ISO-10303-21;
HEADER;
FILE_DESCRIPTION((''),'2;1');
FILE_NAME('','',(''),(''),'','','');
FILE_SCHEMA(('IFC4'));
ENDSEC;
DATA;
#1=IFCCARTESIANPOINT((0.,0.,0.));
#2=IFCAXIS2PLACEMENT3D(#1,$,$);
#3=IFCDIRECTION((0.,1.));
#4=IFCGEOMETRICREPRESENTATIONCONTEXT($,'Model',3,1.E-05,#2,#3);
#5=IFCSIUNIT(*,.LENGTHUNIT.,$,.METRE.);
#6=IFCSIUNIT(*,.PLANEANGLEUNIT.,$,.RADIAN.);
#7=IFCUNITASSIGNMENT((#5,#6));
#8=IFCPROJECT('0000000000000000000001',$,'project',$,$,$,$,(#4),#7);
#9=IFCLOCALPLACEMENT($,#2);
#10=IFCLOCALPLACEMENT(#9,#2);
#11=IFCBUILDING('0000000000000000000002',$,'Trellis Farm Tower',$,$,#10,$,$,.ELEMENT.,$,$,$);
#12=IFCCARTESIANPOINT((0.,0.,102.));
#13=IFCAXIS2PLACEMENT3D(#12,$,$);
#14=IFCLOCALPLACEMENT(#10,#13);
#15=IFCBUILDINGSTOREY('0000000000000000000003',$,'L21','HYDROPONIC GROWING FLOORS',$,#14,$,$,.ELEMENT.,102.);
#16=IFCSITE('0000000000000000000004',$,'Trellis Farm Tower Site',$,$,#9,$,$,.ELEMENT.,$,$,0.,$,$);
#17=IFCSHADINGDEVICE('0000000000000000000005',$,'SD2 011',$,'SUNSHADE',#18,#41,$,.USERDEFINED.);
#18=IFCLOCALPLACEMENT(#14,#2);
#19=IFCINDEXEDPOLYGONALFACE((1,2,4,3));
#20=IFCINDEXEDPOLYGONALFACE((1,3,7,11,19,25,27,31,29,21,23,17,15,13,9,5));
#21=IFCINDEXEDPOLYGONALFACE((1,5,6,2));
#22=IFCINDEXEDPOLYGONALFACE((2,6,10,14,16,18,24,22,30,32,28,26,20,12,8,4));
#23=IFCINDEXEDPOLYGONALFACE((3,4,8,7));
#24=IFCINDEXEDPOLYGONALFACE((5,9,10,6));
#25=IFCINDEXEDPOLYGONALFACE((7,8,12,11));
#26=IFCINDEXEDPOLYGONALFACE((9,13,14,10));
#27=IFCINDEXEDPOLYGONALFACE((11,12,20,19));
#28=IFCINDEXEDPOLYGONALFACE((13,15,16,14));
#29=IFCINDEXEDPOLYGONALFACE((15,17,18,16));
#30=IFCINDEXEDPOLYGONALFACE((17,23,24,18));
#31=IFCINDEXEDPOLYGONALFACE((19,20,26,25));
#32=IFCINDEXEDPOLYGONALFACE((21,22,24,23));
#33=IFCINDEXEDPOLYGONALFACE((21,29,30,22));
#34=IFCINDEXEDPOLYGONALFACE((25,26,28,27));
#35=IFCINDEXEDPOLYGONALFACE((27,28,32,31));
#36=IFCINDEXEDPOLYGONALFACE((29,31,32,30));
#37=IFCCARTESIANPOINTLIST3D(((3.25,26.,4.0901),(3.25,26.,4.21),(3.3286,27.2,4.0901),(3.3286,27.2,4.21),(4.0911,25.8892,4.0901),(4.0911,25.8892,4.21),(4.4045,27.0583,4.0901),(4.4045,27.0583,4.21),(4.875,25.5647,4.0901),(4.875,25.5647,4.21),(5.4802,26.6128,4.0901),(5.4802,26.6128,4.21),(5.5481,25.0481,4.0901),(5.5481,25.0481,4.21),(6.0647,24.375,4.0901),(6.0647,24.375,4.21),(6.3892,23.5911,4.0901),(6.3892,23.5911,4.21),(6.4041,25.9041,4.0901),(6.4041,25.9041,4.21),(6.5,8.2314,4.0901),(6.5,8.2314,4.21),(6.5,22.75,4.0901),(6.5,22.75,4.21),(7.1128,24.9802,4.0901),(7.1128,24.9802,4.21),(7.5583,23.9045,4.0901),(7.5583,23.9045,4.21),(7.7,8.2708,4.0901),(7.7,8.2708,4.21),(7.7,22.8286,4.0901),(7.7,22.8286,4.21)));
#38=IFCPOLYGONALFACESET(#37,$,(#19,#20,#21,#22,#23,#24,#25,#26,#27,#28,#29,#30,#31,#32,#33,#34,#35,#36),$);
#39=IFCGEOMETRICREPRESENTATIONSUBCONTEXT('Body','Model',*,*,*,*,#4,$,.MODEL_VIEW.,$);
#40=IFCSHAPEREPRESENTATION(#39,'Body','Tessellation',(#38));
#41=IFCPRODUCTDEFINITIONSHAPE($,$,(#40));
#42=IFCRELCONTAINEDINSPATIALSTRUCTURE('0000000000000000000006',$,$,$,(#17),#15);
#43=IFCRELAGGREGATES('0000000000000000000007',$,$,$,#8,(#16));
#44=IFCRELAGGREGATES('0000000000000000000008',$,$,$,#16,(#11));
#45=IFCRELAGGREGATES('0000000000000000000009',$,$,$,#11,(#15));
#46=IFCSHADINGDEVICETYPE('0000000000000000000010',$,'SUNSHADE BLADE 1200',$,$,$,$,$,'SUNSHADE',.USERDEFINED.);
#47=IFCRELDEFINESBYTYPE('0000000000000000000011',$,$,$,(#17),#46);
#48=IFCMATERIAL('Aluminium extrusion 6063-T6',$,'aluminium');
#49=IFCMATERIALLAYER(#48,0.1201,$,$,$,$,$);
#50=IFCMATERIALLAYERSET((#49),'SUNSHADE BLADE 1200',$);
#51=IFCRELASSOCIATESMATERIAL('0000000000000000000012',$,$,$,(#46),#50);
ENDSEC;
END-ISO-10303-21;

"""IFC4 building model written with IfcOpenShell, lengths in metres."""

from ifc_helpers import new_model, si_unit, direction, frame, origin, place, context, subcontext, project, spatial, polyline, outline, extrude, source, transform, mapped, material, layer, layer_set, type_object, element, save


model = new_model("IFC4")

# Units and contexts
model_context = context("Model", 3, precision=1e-05, world=origin(), true_north=direction((0.0, 1.0)))
body_context = subcontext(model_context, "Body", "Model", "MODEL_VIEW")
ifc_project = project(units=[si_unit("LENGTHUNIT", "METRE"), si_unit("PLANEANGLEUNIT", "RADIAN")], contexts=[model_context])

# Site, building, storey
site_placement = place(None, origin())
site = spatial("IfcSite", under=ifc_project, at=site_placement, Name="Trellis Farm Tower Site", CompositionType="ELEMENT", RefElevation=0.0)
building_placement = place(site_placement, origin())
building = spatial("IfcBuilding", under=site, at=building_placement, Name="Trellis Farm Tower", CompositionType="ELEMENT")
storey_placement = place(building_placement, frame((0.0, 0.0, 102.0)))
storey = spatial("IfcBuildingStorey", under=building, at=storey_placement, Name="L21", Description="HYDROPONIC GROWING FLOORS", CompositionType="ELEMENT", Elevation=102.0)

# Shared definitions
ifc_material_1 = material(Name="Aluminium extrusion 6063-T6", Category="aluminium")

# Shading device
placement_1 = place(storey_placement, frame((0.0, 0.0, 4.0901)))
ifc_layer_1 = layer(ifc_material_1, 0.1201)
ifc_layer_set_1 = layer_set([ifc_layer_1], Name="SUNSHADE BLADE 1200")
shading_device_type_1 = type_object("IfcShadingDeviceType", Name="SUNSHADE BLADE 1200", ElementType="SUNSHADE", PredefinedType="USERDEFINED", material=ifc_layer_set_1)
shared_shape_1 = source(origin(), body_context, "Body", "SweptSolid", [
    extrude(outline(polyline([(7.7, 8.2708), (7.7, 22.8286), (7.5583, 23.9045), (7.1128, 24.9802), (6.4041, 25.9041), (5.4802, 26.6128), (4.4045, 27.0583), (3.3286, 27.2), (3.25, 26.0), (4.0911, 25.8892), (4.875, 25.5647), (5.5481, 25.0481), (6.0647, 24.375), (6.3892, 23.5911), (6.5, 22.75), (6.5, 8.2314), (7.7, 8.2708)])), origin(), (0.0, 0.0, 1.0), 0.1199),
])
element("IfcShadingDevice", 1, at=placement_1, inside=storey, type_object=shading_device_type_1, Name="SD2 011", ObjectType="SUNSHADE", PredefinedType="USERDEFINED", context=body_context, shape_type="MappedRepresentation", body=[
    mapped(shared_shape_1, transform((0.0, 0.0, 0.0))),
])

save(model, "model.ifc")
